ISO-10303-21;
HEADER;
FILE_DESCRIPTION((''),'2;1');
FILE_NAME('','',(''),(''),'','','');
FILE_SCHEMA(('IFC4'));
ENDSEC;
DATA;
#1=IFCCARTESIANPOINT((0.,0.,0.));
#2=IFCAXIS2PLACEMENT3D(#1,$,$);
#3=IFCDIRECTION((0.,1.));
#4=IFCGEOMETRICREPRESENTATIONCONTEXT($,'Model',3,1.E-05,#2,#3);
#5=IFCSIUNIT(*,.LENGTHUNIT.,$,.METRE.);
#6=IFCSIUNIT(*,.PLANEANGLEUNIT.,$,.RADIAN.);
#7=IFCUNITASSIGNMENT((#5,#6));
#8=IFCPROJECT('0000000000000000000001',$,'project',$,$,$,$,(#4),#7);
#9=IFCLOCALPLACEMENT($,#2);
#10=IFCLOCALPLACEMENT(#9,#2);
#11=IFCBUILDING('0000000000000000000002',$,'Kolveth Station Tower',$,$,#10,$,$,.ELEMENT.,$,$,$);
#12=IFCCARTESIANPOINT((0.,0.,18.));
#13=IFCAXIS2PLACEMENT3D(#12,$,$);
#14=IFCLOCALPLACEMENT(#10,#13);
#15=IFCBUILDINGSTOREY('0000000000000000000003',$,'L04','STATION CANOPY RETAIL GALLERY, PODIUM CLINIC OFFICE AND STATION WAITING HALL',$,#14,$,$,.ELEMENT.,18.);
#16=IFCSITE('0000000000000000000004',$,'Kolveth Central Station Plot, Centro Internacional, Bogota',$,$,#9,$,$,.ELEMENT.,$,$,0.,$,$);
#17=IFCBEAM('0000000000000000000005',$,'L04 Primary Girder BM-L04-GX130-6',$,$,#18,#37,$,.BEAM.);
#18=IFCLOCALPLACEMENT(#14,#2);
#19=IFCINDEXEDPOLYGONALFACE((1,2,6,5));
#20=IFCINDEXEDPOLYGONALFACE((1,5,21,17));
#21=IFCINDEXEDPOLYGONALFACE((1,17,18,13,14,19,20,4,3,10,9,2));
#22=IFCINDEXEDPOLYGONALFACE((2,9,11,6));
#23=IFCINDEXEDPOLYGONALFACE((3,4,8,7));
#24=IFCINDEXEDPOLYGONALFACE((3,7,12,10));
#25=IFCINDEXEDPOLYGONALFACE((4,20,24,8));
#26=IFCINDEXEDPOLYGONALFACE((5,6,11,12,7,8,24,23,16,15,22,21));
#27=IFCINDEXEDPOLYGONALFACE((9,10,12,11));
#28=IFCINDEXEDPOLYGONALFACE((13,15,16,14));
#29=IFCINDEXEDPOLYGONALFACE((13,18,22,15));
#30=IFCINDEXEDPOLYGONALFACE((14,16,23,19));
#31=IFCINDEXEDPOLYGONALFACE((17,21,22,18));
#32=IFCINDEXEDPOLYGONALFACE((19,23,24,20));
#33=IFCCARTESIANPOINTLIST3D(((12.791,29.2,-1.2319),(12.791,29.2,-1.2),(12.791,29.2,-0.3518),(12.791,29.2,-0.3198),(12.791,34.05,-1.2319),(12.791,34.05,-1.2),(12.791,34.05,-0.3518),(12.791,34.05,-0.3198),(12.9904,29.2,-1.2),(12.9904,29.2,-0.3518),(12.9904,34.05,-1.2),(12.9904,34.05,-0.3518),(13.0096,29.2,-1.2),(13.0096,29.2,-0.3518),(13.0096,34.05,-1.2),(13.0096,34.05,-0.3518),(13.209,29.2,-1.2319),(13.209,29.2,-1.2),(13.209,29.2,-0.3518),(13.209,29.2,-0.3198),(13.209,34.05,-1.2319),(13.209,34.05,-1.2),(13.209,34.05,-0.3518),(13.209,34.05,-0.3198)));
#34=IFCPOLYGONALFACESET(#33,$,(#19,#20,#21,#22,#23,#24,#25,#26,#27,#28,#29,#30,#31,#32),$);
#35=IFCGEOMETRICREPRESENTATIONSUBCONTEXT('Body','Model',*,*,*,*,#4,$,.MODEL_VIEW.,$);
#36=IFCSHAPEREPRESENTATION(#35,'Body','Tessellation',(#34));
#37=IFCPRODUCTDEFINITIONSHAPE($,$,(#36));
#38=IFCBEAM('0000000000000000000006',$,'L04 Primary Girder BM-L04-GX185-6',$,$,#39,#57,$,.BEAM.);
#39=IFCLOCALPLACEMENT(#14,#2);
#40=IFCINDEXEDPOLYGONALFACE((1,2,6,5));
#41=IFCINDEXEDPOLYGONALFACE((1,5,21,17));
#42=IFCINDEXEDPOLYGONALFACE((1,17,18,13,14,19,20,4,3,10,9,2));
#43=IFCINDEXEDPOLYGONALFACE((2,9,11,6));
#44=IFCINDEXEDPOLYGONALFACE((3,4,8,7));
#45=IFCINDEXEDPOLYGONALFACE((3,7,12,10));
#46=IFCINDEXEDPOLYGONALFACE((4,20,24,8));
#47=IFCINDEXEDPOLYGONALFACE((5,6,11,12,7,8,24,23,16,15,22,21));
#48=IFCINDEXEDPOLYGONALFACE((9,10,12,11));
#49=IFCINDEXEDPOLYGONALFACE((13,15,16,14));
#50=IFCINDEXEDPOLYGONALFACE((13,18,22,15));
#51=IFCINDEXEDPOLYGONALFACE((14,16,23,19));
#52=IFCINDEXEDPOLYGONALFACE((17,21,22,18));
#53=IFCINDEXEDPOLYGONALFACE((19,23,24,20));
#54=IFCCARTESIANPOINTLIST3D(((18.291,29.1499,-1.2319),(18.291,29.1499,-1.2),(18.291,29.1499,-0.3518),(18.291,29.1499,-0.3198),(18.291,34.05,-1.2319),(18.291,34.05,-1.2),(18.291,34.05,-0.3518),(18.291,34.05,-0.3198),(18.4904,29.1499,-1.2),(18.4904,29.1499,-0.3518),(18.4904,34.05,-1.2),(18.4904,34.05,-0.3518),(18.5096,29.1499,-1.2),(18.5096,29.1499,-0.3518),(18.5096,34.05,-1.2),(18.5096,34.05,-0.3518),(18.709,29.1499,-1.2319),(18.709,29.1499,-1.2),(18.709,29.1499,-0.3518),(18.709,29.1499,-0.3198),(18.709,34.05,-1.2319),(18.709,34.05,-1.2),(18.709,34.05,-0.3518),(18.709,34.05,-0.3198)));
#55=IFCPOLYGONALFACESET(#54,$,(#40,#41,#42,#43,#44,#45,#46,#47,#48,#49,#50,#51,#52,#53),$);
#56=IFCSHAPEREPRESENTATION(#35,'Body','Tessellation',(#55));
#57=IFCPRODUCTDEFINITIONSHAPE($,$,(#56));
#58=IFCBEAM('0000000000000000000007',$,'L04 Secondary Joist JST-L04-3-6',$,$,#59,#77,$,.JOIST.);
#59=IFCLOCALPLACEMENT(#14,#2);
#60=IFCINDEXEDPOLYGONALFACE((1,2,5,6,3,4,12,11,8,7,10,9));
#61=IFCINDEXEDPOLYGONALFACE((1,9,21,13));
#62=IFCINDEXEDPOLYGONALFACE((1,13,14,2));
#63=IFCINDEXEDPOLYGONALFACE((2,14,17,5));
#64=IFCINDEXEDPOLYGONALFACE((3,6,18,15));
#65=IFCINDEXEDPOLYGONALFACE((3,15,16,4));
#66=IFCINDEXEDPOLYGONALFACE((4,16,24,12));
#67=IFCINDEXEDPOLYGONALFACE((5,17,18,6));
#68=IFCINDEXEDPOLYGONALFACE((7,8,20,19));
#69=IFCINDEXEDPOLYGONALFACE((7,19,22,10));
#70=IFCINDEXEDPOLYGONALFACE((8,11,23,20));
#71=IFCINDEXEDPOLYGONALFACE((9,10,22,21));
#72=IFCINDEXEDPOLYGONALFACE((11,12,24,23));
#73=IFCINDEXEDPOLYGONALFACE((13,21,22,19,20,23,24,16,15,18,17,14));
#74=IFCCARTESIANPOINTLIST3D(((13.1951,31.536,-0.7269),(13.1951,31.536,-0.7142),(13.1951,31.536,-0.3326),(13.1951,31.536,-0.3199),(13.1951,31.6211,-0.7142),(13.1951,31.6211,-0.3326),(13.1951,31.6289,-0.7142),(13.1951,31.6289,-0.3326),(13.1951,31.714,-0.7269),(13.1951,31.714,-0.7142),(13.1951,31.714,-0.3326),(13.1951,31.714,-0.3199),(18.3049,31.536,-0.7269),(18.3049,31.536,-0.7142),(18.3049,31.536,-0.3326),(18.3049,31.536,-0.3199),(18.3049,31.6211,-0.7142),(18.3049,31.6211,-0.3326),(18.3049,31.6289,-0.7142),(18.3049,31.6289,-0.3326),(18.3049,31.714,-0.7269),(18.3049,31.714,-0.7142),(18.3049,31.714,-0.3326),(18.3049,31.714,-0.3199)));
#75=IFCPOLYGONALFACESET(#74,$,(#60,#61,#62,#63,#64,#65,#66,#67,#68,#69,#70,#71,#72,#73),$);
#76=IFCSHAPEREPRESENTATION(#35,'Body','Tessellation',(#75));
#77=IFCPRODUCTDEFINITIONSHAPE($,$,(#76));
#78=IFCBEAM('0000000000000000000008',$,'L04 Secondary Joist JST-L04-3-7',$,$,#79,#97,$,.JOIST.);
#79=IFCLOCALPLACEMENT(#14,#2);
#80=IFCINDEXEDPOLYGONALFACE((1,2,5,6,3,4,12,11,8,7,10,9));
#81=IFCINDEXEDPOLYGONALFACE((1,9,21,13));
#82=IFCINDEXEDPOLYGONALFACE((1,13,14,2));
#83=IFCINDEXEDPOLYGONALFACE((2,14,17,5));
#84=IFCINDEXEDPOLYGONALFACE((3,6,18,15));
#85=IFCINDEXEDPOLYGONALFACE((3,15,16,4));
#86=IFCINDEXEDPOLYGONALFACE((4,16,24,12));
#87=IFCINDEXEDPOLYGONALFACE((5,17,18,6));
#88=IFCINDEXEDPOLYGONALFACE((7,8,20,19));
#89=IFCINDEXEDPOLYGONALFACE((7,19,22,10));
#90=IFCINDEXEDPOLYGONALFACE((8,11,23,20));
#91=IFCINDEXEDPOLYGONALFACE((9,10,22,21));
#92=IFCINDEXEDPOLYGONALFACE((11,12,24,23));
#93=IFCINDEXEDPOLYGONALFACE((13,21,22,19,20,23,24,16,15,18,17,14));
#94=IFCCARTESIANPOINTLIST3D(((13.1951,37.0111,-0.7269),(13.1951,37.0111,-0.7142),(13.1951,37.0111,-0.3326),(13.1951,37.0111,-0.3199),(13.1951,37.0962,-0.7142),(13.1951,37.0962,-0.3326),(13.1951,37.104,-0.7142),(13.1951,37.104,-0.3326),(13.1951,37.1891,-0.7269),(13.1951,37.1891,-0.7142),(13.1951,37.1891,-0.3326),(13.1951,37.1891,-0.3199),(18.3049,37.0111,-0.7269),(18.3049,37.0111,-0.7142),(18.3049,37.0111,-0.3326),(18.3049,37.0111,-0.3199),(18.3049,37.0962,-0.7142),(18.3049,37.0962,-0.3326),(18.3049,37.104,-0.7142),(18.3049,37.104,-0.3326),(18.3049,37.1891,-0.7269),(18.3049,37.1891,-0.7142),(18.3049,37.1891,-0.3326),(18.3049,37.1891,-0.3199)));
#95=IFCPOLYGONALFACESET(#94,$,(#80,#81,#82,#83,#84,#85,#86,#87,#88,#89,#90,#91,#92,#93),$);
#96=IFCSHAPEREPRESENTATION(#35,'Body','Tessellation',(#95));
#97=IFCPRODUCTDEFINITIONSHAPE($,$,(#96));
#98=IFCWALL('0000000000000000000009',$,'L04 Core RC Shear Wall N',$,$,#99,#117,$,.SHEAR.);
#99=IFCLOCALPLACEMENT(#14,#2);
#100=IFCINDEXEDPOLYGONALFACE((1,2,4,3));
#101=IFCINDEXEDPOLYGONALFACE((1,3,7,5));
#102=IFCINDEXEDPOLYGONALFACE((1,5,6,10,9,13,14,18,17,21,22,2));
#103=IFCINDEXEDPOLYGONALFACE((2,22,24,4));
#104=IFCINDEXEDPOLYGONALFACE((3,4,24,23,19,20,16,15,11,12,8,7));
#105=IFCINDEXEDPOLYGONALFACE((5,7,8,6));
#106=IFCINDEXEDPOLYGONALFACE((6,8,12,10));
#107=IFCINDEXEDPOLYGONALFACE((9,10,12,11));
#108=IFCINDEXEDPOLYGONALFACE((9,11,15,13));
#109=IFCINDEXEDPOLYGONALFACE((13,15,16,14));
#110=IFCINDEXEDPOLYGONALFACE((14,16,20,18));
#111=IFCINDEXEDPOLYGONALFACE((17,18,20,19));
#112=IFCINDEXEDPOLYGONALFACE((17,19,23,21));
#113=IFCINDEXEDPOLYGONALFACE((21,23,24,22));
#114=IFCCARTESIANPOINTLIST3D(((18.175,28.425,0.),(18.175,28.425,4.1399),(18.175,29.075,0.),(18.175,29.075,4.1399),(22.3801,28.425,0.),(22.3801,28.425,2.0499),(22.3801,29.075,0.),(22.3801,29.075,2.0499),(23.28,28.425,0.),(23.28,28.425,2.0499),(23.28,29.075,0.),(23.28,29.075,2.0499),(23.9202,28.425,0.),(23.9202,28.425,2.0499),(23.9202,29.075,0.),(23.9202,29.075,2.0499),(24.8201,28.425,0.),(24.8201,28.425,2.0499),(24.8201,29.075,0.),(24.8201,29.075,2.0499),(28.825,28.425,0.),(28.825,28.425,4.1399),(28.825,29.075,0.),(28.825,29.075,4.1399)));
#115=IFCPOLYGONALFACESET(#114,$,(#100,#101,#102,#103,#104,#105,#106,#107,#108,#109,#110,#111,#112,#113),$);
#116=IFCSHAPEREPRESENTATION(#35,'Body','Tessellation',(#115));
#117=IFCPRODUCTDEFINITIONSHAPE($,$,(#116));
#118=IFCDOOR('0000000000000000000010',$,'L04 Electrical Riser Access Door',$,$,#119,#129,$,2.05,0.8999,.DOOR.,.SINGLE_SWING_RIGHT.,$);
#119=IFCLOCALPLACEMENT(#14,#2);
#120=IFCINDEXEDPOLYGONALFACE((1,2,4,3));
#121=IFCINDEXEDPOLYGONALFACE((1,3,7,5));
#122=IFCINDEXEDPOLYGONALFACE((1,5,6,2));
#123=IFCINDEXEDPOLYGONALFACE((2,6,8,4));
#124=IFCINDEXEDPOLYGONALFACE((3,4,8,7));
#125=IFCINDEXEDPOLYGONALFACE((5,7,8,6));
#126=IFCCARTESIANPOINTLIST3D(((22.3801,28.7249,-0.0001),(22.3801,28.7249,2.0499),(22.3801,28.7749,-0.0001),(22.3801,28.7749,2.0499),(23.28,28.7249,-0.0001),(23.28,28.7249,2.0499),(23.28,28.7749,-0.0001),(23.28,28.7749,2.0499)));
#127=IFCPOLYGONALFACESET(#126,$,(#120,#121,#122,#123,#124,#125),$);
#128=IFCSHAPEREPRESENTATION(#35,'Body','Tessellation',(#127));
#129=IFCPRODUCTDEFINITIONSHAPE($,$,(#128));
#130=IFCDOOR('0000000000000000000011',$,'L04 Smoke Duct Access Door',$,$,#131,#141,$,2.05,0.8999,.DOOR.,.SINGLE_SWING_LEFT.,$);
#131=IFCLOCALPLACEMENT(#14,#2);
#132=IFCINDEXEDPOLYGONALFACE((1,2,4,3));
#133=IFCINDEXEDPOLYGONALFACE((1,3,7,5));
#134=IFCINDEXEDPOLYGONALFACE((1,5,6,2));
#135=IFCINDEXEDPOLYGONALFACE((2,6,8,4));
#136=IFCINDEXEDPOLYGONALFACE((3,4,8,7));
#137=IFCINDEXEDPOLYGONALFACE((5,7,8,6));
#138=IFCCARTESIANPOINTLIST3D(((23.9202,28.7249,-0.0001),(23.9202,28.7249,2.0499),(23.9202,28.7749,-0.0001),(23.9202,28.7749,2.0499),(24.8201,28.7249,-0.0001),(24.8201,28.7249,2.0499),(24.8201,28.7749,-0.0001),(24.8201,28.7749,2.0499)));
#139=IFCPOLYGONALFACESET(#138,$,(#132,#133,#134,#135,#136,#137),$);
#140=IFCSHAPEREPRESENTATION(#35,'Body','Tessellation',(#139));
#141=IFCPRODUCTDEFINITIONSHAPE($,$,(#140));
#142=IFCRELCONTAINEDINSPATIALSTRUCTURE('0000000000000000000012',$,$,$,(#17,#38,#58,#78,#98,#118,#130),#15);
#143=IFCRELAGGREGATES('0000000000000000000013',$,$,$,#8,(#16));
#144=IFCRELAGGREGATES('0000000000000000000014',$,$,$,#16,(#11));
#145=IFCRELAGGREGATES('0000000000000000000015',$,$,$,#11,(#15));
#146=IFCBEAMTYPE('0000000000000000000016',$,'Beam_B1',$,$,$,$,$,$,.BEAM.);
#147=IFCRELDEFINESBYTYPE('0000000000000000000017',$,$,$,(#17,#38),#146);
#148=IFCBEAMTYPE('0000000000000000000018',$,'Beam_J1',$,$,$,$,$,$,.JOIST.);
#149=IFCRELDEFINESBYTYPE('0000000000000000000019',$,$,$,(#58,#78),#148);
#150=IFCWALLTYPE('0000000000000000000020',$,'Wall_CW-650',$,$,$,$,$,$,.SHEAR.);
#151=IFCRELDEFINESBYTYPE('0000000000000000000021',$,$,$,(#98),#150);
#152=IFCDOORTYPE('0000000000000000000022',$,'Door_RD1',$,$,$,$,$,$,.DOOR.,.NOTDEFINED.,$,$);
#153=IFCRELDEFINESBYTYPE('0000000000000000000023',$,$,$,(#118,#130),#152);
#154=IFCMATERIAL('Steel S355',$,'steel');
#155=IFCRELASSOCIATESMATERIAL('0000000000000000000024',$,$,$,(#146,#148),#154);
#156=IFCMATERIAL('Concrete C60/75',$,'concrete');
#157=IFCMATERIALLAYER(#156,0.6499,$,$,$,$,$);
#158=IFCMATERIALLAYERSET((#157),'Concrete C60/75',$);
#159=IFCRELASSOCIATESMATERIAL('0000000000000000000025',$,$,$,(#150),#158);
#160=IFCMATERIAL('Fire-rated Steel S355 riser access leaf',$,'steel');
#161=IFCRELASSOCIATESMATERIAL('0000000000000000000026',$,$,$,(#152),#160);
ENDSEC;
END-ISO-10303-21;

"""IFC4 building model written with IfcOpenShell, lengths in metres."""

from ifc_helpers import new_model, si_unit, direction, frame, frame_2d, origin, origin_2d, place, context, subcontext, project, spatial, rectangle, i_section, extrude, source, transform, mapped, material, layer, layer_set, material_profile, profile_set, type_object, element, fill, save


model = new_model("IFC4")

# Units and contexts
model_context = context("Model", 3, precision=1e-05, world=origin(), true_north=direction((0.0, 1.0)))
body_context = subcontext(model_context, "Body", "Model", "MODEL_VIEW")
ifc_project = project(units=[si_unit("LENGTHUNIT", "METRE"), si_unit("PLANEANGLEUNIT", "RADIAN")], contexts=[model_context])

# Site, building, storey
site_placement = place(None, origin())
site = spatial("IfcSite", under=ifc_project, at=site_placement, Name="Kolveth Central Station Plot, Centro Internacional, Bogota", CompositionType="ELEMENT", RefElevation=0.0)
building_placement = place(site_placement, origin())
building = spatial("IfcBuilding", under=site, at=building_placement, Name="Kolveth Station Tower", CompositionType="ELEMENT")
storey_placement = place(building_placement, frame((0.0, 0.0, 18.0)))
storey = spatial("IfcBuildingStorey", under=building, at=storey_placement, Name="L04", Description="STATION CANOPY RETAIL GALLERY, PODIUM CLINIC OFFICE AND STATION WAITING HALL", CompositionType="ELEMENT", Elevation=18.0)

# Beams
ifc_material_1 = material(Name="Steel S355", Category="steel")
ifc_material_profile_1 = material_profile(ifc_material_1, i_section(OverallWidth=0.418, OverallDepth=0.9121, WebThickness=0.0193, FlangeThickness=0.032, at=origin_2d()), Name="W920x342")
ifc_profile_set_1 = profile_set([ifc_material_profile_1], Name="Steel S355")
beam_type_1 = type_object("IfcBeamType", Name="Beam_B1", PredefinedType="BEAM", material=ifc_profile_set_1)
shared_shape_1 = source(origin(), body_context, "Body", "SweptSolid", [
    extrude(i_section(OverallWidth=0.418, OverallDepth=0.9121, WebThickness=0.0193, FlangeThickness=0.032, at=origin_2d()), origin(), (0.0, 0.0, 1.0), 4.8501),
])
beam_1_placement = place(storey_placement, frame((13.0, 29.2, -0.7759), z_axis=(0.0, 1.0, 0.0), x_axis=(-1.0, 0.0, 0.0)))
element("IfcBeam", 1, at=beam_1_placement, inside=storey, type_object=beam_type_1, Name="L04 Primary Girder BM-L04-GX130-6", PredefinedType="BEAM", context=body_context, shape_type="MappedRepresentation", body=[
    mapped(shared_shape_1, transform((0.0, 0.0, 0.0), x_axis=(1.0, 0.0, 0.0), y_axis=(0.0, 1.0, 0.0), z_axis=(0.0, 0.0, 1.0), scale=1.0)),
])
shared_shape_2 = source(origin(), body_context, "Body", "SweptSolid", [
    extrude(i_section(OverallWidth=0.418, OverallDepth=0.9121, WebThickness=0.0193, FlangeThickness=0.032, at=origin_2d()), origin(), (0.0, 0.0, 1.0), 4.9001),
])
beam_2_placement = place(storey_placement, frame((18.5, 29.1499, -0.7759), z_axis=(0.0, 1.0, 0.0), x_axis=(-1.0, 0.0, 0.0)))
element("IfcBeam", 2, at=beam_2_placement, inside=storey, type_object=beam_type_1, Name="L04 Primary Girder BM-L04-GX185-6", PredefinedType="BEAM", context=body_context, shape_type="MappedRepresentation", body=[
    mapped(shared_shape_2, transform((0.0, 0.0, 0.0), x_axis=(1.0, 0.0, 0.0), y_axis=(0.0, 1.0, 0.0), z_axis=(0.0, 0.0, 1.0), scale=1.0)),
])
ifc_material_profile_2 = material_profile(ifc_material_1, i_section(OverallWidth=0.178, OverallDepth=0.407, WebThickness=0.0078, FlangeThickness=0.0127, at=origin_2d()), Name="W410x60")
ifc_profile_set_2 = profile_set([ifc_material_profile_2], Name="Steel S355")
beam_type_2 = type_object("IfcBeamType", Name="Beam_J1", PredefinedType="JOIST", material=ifc_profile_set_2)
shared_shape_3 = source(origin(), body_context, "Body", "SweptSolid", [
    extrude(i_section(OverallWidth=0.178, OverallDepth=0.407, WebThickness=0.0078, FlangeThickness=0.0127, at=origin_2d()), origin(), (0.0, 0.0, 1.0), 5.1099),
])
for number, where, z_axis, x_axis, name in (
    (3, (13.1951, 31.625, -0.5234), (1.0, 0.0, 0.0), (0.0, 1.0, 0.0), "L04 Secondary Joist JST-L04-3-6"),
    (4, (13.1951, 37.1001, -0.5234), (1.0, 0.0, 0.0), (0.0, 1.0, 0.0), "L04 Secondary Joist JST-L04-3-7"),
):
    element("IfcBeam", number, at=place(storey_placement, frame(where, z_axis=z_axis, x_axis=x_axis)), inside=storey, type_object=beam_type_2, Name=name, PredefinedType="JOIST", context=body_context, shape_type="MappedRepresentation", body=[
        mapped(shared_shape_3, transform((0.0, 0.0, 0.0), x_axis=(1.0, 0.0, 0.0), y_axis=(0.0, 1.0, 0.0), z_axis=(0.0, 0.0, 1.0), scale=1.0)),
    ])

# Wall, openings, doors
ifc_material_2 = material(Name="Concrete C60/75", Category="concrete")
ifc_layer_1 = layer(ifc_material_2, 0.6499)
ifc_layer_set_1 = layer_set([ifc_layer_1], Name="Concrete C60/75")
wall_type_1 = type_object("IfcWallType", Name="Wall_CW-650", PredefinedType="SHEAR", material=ifc_layer_set_1)
wall_1_placement = place(storey_placement, frame((18.175, 28.75, 0.0), z_axis=(0.0, 0.0, 1.0), x_axis=(1.0, 0.0, 0.0)))
wall_1 = element("IfcWall", 5, at=wall_1_placement, inside=storey, type_object=wall_type_1, Name="L04 Core RC Shear Wall N", PredefinedType="SHEAR", context=body_context, shape_type="SweptSolid", body=[
    extrude(rectangle(XDim=10.6499, YDim=0.6499, at=frame_2d((5.325, 0.0))), origin(), (0.0, 0.0, 1.0), 4.1399),
])
opening_1_placement = place(wall_1_placement, frame((4.2051, 0.0, 0.0)))
opening_1 = element("IfcOpeningElement", 6, at=opening_1_placement, cuts=wall_1, PredefinedType="OPENING", context=body_context, shape_type="SweptSolid", body=[
    extrude(rectangle(XDim=0.8999, YDim=2.05, at=frame_2d((0.45, 1.0249))), frame((0.0, 0.335, 0.0), z_axis=(0.0, -1.0, 0.0), x_axis=(1.0, 0.0, 0.0)), (0.0, 0.0, 1.0), 0.6699),
])
opening_2_placement = place(wall_1_placement, frame((5.7451, 0.0, 0.0)))
opening_2 = element("IfcOpeningElement", 7, at=opening_2_placement, cuts=wall_1, PredefinedType="OPENING", context=body_context, shape_type="SweptSolid", body=[
    extrude(rectangle(XDim=0.8999, YDim=2.05, at=frame_2d((0.45, 1.0249))), frame((0.0, 0.335, 0.0), z_axis=(0.0, -1.0, 0.0), x_axis=(1.0, 0.0, 0.0)), (0.0, 0.0, 1.0), 0.6699),
])
ifc_material_3 = material(Name="Fire-rated Steel S355 riser access leaf", Category="steel")
door_type_1 = type_object("IfcDoorType", Name="Door_RD1", OperationType="NOTDEFINED", PredefinedType="DOOR", material=ifc_material_3)
door_1_placement = place(opening_1_placement, origin())
door_1 = element("IfcDoor", 8, at=door_1_placement, inside=storey, type_object=door_type_1, Name="L04 Electrical Riser Access Door", OperationType="SINGLE_SWING_RIGHT", OverallHeight=2.05, OverallWidth=0.8999, PredefinedType="DOOR", context=body_context, shape_type="SweptSolid", body=[
    extrude(rectangle(XDim=0.8999, YDim=2.05, at=frame_2d((0.45, 1.0249))), frame((0.0, 0.0249, 0.0), z_axis=(0.0, -1.0, 0.0), x_axis=(1.0, 0.0, 0.0)), (0.0, 0.0, 1.0), 0.05),
])
fill(opening_1, door_1)
door_2_placement = place(opening_2_placement, origin())
door_2 = element("IfcDoor", 9, at=door_2_placement, inside=storey, type_object=door_type_1, Name="L04 Smoke Duct Access Door", OperationType="SINGLE_SWING_LEFT", OverallHeight=2.05, OverallWidth=0.8999, PredefinedType="DOOR", context=body_context, shape_type="SweptSolid", body=[
    extrude(rectangle(XDim=0.8999, YDim=2.05, at=frame_2d((0.45, 1.0249))), frame((0.0, 0.0249, 0.0), z_axis=(0.0, -1.0, 0.0), x_axis=(1.0, 0.0, 0.0)), (0.0, 0.0, 1.0), 0.05),
])
fill(opening_2, door_2)

save(model, "model.ifc")
